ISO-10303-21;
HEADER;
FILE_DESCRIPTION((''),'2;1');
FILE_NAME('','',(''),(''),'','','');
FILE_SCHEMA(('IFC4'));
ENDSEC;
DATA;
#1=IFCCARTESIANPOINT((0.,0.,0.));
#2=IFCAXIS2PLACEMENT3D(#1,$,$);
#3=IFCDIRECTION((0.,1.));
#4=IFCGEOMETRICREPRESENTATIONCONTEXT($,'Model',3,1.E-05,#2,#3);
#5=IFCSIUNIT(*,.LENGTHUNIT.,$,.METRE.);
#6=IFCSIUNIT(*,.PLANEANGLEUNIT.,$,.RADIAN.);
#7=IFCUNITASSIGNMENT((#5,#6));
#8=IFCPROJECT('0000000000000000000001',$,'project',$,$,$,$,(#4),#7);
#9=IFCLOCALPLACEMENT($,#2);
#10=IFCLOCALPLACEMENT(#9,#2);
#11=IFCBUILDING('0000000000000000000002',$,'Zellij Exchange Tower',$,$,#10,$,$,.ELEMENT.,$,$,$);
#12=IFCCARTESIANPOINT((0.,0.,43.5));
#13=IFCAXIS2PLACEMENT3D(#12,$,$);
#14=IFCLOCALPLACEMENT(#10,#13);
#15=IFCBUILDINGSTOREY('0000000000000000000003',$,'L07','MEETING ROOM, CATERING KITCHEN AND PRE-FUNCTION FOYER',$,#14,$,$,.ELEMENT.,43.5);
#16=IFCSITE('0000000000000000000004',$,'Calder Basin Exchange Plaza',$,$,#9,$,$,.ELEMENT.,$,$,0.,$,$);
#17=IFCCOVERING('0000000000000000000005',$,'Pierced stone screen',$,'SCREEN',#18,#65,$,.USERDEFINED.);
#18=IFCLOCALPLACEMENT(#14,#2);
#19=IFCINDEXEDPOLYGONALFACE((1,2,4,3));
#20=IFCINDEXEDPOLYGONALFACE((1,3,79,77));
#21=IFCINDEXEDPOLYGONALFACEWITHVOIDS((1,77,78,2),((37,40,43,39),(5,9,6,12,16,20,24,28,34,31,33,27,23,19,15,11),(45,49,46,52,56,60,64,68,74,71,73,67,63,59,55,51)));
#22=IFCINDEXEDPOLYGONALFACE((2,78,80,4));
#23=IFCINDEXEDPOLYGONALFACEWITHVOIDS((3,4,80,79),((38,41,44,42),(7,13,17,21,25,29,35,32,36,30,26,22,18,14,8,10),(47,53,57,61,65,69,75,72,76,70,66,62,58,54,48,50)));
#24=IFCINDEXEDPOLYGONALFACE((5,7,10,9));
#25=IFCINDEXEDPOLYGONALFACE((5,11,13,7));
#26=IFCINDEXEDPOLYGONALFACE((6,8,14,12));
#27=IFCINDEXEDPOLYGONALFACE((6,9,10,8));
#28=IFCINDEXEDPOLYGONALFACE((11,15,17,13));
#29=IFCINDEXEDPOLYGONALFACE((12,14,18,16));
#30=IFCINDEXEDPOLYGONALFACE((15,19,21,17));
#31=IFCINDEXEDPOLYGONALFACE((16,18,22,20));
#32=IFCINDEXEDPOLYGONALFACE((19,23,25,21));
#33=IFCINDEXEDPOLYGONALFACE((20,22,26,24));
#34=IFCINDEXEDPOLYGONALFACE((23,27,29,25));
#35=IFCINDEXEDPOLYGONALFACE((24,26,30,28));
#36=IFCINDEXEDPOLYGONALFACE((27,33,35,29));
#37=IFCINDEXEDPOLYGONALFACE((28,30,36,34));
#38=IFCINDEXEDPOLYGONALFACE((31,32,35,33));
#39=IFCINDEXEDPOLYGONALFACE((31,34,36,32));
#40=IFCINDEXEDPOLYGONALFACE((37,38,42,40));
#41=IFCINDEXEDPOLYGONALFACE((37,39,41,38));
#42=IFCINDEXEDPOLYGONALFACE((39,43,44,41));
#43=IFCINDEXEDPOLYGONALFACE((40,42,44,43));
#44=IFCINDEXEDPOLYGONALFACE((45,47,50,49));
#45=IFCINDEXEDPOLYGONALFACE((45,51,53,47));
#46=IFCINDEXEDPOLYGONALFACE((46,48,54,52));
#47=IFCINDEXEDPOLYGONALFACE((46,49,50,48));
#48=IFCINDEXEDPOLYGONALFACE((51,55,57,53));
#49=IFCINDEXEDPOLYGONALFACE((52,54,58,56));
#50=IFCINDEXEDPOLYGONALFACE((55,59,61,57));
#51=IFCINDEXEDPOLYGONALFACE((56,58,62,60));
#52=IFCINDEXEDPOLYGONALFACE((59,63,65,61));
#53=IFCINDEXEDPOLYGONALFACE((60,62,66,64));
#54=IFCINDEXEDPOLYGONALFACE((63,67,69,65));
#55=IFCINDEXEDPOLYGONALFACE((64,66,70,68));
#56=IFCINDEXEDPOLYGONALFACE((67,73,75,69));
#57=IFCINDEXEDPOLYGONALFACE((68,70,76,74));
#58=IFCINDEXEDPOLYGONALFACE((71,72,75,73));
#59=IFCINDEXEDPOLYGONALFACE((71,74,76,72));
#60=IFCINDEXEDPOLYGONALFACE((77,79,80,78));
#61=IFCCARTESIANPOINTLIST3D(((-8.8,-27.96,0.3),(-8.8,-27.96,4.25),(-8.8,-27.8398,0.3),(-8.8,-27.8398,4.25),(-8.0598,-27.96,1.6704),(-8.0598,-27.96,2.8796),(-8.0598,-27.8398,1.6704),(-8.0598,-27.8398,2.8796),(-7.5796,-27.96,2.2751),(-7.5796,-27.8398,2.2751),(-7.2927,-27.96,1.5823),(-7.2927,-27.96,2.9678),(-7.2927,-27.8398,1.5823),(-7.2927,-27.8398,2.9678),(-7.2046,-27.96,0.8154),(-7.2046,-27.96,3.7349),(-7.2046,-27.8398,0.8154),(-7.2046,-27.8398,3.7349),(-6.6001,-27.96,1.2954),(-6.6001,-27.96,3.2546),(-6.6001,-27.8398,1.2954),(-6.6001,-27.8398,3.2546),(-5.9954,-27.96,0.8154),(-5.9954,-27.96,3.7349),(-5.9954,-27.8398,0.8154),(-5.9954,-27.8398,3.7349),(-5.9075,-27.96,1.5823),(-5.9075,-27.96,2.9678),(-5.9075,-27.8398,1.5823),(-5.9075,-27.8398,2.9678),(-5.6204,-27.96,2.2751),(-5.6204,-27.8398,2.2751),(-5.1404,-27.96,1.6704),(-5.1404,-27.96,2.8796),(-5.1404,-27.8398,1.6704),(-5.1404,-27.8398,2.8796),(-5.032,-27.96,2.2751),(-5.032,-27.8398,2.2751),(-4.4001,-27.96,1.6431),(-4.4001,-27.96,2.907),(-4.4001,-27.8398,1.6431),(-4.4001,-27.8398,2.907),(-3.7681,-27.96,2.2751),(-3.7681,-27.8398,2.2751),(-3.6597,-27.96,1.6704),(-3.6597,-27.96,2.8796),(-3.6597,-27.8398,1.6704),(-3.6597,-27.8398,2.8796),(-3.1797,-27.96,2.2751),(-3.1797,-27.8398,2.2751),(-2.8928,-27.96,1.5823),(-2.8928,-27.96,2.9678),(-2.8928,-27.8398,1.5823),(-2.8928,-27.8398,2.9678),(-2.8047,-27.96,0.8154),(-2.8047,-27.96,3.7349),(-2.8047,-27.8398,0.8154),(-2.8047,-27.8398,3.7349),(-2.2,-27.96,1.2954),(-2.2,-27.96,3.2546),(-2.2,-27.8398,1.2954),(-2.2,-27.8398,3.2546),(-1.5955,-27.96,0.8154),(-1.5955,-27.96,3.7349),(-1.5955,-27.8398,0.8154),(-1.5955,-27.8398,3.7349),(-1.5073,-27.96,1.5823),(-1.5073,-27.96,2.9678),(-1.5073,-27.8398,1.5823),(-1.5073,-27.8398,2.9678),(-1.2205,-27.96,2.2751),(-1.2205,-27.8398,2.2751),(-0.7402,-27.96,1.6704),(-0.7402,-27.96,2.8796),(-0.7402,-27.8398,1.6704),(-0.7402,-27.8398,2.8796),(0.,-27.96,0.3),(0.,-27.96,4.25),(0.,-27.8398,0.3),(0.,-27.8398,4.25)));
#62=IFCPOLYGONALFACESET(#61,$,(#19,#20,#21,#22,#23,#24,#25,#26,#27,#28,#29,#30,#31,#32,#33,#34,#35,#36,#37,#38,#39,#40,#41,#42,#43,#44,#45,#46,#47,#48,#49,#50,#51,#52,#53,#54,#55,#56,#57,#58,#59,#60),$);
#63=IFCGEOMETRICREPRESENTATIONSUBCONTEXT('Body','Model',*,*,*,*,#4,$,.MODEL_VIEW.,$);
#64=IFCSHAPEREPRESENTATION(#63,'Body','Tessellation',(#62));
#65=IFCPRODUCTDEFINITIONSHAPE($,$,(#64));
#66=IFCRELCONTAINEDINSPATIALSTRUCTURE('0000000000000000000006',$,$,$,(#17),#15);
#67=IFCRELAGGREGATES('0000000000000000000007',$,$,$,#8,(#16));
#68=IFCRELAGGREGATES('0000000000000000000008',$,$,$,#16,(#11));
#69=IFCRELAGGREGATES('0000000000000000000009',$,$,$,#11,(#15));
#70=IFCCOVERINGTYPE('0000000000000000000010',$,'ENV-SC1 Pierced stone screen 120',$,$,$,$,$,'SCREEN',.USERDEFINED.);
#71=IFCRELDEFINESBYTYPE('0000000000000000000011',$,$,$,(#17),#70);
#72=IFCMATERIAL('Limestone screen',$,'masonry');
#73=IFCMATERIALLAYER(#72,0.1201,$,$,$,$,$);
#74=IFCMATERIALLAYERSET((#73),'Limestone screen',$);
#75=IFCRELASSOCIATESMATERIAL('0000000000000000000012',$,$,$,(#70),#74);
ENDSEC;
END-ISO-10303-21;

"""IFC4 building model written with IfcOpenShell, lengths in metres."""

from ifc_helpers import new_model, si_unit, direction, frame, origin, place, context, subcontext, project, spatial, polyline, outline, extrude, material, layer, layer_set, type_object, element, save


model = new_model("IFC4")

# Units and contexts
model_context = context("Model", 3, precision=1e-05, world=origin(), true_north=direction((0.0, 1.0)))
body_context = subcontext(model_context, "Body", "Model", "MODEL_VIEW")
ifc_project = project(units=[si_unit("LENGTHUNIT", "METRE"), si_unit("PLANEANGLEUNIT", "RADIAN")], contexts=[model_context])

# Site, building, storey
site_placement = place(None, origin())
site = spatial("IfcSite", under=ifc_project, at=site_placement, Name="Calder Basin Exchange Plaza", CompositionType="ELEMENT", RefElevation=0.0)
building_placement = place(site_placement, origin())
building = spatial("IfcBuilding", under=site, at=building_placement, Name="Zellij Exchange Tower", CompositionType="ELEMENT")
storey_placement = place(building_placement, frame((0.0, 0.0, 43.5)))
storey = spatial("IfcBuildingStorey", under=building, at=storey_placement, Name="L07", Description="MEETING ROOM, CATERING KITCHEN AND PRE-FUNCTION FOYER", CompositionType="ELEMENT", Elevation=43.5)

# Covering
ifc_material_1 = material(Name="Limestone screen", Category="masonry")
ifc_layer_1 = layer(ifc_material_1, 0.1201)
ifc_layer_set_1 = layer_set([ifc_layer_1], Name="Limestone screen")
covering_type_1 = type_object("IfcCoveringType", Name="ENV-SC1 Pierced stone screen 120", ElementType="SCREEN", PredefinedType="USERDEFINED", material=ifc_layer_set_1)
covering_1_placement = place(storey_placement, frame((-8.8, -27.8999, 0.3), z_axis=(0.0, 0.0, 1.0), x_axis=(1.0, 0.0, 0.0)))
element("IfcCovering", 1, at=covering_1_placement, inside=storey, type_object=covering_type_1, Name="Pierced stone screen", ObjectType="SCREEN", PredefinedType="USERDEFINED", context=body_context, shape_type="SweptSolid", body=[
    extrude(outline(polyline([(0.0, 0.0), (8.8, 0.0), (8.8, 3.95), (0.0, 3.95), (0.0, 0.0)]), holes=[polyline([(3.6597, 2.5796), (2.8926, 2.6677), (2.8047, 3.4348), (2.2, 2.9546), (1.5955, 3.4348), (1.5073, 2.6677), (0.7402, 2.5796), (1.2205, 1.9751), (0.7402, 1.3704), (1.5073, 1.2822), (1.5955, 0.5154), (2.2, 0.9954), (2.8047, 0.5154), (2.8926, 1.2822), (3.6597, 1.3704), (3.1797, 1.9751), (3.6597, 2.5796)]), polyline([(8.0598, 2.5796), (7.2927, 2.6677), (7.2046, 3.4348), (6.6001, 2.9546), (5.9954, 3.4348), (5.9072, 2.6677), (5.1404, 2.5796), (5.6204, 1.9751), (5.1404, 1.3704), (5.9072, 1.2822), (5.9954, 0.5154), (6.6001, 0.9954), (7.2046, 0.5154), (7.2927, 1.2822), (8.0598, 1.3704), (7.5796, 1.9751), (8.0598, 2.5796)]), polyline([(5.032, 1.9751), (4.3999, 2.6069), (3.7681, 1.9751), (4.3999, 1.343), (5.032, 1.9751)])]), frame((0.0, 0.0601, 0.0), z_axis=(0.0, -1.0, 0.0), x_axis=(1.0, 0.0, 0.0)), (0.0, 0.0, 1.0), 0.1201),
])

save(model, "model.ifc")
